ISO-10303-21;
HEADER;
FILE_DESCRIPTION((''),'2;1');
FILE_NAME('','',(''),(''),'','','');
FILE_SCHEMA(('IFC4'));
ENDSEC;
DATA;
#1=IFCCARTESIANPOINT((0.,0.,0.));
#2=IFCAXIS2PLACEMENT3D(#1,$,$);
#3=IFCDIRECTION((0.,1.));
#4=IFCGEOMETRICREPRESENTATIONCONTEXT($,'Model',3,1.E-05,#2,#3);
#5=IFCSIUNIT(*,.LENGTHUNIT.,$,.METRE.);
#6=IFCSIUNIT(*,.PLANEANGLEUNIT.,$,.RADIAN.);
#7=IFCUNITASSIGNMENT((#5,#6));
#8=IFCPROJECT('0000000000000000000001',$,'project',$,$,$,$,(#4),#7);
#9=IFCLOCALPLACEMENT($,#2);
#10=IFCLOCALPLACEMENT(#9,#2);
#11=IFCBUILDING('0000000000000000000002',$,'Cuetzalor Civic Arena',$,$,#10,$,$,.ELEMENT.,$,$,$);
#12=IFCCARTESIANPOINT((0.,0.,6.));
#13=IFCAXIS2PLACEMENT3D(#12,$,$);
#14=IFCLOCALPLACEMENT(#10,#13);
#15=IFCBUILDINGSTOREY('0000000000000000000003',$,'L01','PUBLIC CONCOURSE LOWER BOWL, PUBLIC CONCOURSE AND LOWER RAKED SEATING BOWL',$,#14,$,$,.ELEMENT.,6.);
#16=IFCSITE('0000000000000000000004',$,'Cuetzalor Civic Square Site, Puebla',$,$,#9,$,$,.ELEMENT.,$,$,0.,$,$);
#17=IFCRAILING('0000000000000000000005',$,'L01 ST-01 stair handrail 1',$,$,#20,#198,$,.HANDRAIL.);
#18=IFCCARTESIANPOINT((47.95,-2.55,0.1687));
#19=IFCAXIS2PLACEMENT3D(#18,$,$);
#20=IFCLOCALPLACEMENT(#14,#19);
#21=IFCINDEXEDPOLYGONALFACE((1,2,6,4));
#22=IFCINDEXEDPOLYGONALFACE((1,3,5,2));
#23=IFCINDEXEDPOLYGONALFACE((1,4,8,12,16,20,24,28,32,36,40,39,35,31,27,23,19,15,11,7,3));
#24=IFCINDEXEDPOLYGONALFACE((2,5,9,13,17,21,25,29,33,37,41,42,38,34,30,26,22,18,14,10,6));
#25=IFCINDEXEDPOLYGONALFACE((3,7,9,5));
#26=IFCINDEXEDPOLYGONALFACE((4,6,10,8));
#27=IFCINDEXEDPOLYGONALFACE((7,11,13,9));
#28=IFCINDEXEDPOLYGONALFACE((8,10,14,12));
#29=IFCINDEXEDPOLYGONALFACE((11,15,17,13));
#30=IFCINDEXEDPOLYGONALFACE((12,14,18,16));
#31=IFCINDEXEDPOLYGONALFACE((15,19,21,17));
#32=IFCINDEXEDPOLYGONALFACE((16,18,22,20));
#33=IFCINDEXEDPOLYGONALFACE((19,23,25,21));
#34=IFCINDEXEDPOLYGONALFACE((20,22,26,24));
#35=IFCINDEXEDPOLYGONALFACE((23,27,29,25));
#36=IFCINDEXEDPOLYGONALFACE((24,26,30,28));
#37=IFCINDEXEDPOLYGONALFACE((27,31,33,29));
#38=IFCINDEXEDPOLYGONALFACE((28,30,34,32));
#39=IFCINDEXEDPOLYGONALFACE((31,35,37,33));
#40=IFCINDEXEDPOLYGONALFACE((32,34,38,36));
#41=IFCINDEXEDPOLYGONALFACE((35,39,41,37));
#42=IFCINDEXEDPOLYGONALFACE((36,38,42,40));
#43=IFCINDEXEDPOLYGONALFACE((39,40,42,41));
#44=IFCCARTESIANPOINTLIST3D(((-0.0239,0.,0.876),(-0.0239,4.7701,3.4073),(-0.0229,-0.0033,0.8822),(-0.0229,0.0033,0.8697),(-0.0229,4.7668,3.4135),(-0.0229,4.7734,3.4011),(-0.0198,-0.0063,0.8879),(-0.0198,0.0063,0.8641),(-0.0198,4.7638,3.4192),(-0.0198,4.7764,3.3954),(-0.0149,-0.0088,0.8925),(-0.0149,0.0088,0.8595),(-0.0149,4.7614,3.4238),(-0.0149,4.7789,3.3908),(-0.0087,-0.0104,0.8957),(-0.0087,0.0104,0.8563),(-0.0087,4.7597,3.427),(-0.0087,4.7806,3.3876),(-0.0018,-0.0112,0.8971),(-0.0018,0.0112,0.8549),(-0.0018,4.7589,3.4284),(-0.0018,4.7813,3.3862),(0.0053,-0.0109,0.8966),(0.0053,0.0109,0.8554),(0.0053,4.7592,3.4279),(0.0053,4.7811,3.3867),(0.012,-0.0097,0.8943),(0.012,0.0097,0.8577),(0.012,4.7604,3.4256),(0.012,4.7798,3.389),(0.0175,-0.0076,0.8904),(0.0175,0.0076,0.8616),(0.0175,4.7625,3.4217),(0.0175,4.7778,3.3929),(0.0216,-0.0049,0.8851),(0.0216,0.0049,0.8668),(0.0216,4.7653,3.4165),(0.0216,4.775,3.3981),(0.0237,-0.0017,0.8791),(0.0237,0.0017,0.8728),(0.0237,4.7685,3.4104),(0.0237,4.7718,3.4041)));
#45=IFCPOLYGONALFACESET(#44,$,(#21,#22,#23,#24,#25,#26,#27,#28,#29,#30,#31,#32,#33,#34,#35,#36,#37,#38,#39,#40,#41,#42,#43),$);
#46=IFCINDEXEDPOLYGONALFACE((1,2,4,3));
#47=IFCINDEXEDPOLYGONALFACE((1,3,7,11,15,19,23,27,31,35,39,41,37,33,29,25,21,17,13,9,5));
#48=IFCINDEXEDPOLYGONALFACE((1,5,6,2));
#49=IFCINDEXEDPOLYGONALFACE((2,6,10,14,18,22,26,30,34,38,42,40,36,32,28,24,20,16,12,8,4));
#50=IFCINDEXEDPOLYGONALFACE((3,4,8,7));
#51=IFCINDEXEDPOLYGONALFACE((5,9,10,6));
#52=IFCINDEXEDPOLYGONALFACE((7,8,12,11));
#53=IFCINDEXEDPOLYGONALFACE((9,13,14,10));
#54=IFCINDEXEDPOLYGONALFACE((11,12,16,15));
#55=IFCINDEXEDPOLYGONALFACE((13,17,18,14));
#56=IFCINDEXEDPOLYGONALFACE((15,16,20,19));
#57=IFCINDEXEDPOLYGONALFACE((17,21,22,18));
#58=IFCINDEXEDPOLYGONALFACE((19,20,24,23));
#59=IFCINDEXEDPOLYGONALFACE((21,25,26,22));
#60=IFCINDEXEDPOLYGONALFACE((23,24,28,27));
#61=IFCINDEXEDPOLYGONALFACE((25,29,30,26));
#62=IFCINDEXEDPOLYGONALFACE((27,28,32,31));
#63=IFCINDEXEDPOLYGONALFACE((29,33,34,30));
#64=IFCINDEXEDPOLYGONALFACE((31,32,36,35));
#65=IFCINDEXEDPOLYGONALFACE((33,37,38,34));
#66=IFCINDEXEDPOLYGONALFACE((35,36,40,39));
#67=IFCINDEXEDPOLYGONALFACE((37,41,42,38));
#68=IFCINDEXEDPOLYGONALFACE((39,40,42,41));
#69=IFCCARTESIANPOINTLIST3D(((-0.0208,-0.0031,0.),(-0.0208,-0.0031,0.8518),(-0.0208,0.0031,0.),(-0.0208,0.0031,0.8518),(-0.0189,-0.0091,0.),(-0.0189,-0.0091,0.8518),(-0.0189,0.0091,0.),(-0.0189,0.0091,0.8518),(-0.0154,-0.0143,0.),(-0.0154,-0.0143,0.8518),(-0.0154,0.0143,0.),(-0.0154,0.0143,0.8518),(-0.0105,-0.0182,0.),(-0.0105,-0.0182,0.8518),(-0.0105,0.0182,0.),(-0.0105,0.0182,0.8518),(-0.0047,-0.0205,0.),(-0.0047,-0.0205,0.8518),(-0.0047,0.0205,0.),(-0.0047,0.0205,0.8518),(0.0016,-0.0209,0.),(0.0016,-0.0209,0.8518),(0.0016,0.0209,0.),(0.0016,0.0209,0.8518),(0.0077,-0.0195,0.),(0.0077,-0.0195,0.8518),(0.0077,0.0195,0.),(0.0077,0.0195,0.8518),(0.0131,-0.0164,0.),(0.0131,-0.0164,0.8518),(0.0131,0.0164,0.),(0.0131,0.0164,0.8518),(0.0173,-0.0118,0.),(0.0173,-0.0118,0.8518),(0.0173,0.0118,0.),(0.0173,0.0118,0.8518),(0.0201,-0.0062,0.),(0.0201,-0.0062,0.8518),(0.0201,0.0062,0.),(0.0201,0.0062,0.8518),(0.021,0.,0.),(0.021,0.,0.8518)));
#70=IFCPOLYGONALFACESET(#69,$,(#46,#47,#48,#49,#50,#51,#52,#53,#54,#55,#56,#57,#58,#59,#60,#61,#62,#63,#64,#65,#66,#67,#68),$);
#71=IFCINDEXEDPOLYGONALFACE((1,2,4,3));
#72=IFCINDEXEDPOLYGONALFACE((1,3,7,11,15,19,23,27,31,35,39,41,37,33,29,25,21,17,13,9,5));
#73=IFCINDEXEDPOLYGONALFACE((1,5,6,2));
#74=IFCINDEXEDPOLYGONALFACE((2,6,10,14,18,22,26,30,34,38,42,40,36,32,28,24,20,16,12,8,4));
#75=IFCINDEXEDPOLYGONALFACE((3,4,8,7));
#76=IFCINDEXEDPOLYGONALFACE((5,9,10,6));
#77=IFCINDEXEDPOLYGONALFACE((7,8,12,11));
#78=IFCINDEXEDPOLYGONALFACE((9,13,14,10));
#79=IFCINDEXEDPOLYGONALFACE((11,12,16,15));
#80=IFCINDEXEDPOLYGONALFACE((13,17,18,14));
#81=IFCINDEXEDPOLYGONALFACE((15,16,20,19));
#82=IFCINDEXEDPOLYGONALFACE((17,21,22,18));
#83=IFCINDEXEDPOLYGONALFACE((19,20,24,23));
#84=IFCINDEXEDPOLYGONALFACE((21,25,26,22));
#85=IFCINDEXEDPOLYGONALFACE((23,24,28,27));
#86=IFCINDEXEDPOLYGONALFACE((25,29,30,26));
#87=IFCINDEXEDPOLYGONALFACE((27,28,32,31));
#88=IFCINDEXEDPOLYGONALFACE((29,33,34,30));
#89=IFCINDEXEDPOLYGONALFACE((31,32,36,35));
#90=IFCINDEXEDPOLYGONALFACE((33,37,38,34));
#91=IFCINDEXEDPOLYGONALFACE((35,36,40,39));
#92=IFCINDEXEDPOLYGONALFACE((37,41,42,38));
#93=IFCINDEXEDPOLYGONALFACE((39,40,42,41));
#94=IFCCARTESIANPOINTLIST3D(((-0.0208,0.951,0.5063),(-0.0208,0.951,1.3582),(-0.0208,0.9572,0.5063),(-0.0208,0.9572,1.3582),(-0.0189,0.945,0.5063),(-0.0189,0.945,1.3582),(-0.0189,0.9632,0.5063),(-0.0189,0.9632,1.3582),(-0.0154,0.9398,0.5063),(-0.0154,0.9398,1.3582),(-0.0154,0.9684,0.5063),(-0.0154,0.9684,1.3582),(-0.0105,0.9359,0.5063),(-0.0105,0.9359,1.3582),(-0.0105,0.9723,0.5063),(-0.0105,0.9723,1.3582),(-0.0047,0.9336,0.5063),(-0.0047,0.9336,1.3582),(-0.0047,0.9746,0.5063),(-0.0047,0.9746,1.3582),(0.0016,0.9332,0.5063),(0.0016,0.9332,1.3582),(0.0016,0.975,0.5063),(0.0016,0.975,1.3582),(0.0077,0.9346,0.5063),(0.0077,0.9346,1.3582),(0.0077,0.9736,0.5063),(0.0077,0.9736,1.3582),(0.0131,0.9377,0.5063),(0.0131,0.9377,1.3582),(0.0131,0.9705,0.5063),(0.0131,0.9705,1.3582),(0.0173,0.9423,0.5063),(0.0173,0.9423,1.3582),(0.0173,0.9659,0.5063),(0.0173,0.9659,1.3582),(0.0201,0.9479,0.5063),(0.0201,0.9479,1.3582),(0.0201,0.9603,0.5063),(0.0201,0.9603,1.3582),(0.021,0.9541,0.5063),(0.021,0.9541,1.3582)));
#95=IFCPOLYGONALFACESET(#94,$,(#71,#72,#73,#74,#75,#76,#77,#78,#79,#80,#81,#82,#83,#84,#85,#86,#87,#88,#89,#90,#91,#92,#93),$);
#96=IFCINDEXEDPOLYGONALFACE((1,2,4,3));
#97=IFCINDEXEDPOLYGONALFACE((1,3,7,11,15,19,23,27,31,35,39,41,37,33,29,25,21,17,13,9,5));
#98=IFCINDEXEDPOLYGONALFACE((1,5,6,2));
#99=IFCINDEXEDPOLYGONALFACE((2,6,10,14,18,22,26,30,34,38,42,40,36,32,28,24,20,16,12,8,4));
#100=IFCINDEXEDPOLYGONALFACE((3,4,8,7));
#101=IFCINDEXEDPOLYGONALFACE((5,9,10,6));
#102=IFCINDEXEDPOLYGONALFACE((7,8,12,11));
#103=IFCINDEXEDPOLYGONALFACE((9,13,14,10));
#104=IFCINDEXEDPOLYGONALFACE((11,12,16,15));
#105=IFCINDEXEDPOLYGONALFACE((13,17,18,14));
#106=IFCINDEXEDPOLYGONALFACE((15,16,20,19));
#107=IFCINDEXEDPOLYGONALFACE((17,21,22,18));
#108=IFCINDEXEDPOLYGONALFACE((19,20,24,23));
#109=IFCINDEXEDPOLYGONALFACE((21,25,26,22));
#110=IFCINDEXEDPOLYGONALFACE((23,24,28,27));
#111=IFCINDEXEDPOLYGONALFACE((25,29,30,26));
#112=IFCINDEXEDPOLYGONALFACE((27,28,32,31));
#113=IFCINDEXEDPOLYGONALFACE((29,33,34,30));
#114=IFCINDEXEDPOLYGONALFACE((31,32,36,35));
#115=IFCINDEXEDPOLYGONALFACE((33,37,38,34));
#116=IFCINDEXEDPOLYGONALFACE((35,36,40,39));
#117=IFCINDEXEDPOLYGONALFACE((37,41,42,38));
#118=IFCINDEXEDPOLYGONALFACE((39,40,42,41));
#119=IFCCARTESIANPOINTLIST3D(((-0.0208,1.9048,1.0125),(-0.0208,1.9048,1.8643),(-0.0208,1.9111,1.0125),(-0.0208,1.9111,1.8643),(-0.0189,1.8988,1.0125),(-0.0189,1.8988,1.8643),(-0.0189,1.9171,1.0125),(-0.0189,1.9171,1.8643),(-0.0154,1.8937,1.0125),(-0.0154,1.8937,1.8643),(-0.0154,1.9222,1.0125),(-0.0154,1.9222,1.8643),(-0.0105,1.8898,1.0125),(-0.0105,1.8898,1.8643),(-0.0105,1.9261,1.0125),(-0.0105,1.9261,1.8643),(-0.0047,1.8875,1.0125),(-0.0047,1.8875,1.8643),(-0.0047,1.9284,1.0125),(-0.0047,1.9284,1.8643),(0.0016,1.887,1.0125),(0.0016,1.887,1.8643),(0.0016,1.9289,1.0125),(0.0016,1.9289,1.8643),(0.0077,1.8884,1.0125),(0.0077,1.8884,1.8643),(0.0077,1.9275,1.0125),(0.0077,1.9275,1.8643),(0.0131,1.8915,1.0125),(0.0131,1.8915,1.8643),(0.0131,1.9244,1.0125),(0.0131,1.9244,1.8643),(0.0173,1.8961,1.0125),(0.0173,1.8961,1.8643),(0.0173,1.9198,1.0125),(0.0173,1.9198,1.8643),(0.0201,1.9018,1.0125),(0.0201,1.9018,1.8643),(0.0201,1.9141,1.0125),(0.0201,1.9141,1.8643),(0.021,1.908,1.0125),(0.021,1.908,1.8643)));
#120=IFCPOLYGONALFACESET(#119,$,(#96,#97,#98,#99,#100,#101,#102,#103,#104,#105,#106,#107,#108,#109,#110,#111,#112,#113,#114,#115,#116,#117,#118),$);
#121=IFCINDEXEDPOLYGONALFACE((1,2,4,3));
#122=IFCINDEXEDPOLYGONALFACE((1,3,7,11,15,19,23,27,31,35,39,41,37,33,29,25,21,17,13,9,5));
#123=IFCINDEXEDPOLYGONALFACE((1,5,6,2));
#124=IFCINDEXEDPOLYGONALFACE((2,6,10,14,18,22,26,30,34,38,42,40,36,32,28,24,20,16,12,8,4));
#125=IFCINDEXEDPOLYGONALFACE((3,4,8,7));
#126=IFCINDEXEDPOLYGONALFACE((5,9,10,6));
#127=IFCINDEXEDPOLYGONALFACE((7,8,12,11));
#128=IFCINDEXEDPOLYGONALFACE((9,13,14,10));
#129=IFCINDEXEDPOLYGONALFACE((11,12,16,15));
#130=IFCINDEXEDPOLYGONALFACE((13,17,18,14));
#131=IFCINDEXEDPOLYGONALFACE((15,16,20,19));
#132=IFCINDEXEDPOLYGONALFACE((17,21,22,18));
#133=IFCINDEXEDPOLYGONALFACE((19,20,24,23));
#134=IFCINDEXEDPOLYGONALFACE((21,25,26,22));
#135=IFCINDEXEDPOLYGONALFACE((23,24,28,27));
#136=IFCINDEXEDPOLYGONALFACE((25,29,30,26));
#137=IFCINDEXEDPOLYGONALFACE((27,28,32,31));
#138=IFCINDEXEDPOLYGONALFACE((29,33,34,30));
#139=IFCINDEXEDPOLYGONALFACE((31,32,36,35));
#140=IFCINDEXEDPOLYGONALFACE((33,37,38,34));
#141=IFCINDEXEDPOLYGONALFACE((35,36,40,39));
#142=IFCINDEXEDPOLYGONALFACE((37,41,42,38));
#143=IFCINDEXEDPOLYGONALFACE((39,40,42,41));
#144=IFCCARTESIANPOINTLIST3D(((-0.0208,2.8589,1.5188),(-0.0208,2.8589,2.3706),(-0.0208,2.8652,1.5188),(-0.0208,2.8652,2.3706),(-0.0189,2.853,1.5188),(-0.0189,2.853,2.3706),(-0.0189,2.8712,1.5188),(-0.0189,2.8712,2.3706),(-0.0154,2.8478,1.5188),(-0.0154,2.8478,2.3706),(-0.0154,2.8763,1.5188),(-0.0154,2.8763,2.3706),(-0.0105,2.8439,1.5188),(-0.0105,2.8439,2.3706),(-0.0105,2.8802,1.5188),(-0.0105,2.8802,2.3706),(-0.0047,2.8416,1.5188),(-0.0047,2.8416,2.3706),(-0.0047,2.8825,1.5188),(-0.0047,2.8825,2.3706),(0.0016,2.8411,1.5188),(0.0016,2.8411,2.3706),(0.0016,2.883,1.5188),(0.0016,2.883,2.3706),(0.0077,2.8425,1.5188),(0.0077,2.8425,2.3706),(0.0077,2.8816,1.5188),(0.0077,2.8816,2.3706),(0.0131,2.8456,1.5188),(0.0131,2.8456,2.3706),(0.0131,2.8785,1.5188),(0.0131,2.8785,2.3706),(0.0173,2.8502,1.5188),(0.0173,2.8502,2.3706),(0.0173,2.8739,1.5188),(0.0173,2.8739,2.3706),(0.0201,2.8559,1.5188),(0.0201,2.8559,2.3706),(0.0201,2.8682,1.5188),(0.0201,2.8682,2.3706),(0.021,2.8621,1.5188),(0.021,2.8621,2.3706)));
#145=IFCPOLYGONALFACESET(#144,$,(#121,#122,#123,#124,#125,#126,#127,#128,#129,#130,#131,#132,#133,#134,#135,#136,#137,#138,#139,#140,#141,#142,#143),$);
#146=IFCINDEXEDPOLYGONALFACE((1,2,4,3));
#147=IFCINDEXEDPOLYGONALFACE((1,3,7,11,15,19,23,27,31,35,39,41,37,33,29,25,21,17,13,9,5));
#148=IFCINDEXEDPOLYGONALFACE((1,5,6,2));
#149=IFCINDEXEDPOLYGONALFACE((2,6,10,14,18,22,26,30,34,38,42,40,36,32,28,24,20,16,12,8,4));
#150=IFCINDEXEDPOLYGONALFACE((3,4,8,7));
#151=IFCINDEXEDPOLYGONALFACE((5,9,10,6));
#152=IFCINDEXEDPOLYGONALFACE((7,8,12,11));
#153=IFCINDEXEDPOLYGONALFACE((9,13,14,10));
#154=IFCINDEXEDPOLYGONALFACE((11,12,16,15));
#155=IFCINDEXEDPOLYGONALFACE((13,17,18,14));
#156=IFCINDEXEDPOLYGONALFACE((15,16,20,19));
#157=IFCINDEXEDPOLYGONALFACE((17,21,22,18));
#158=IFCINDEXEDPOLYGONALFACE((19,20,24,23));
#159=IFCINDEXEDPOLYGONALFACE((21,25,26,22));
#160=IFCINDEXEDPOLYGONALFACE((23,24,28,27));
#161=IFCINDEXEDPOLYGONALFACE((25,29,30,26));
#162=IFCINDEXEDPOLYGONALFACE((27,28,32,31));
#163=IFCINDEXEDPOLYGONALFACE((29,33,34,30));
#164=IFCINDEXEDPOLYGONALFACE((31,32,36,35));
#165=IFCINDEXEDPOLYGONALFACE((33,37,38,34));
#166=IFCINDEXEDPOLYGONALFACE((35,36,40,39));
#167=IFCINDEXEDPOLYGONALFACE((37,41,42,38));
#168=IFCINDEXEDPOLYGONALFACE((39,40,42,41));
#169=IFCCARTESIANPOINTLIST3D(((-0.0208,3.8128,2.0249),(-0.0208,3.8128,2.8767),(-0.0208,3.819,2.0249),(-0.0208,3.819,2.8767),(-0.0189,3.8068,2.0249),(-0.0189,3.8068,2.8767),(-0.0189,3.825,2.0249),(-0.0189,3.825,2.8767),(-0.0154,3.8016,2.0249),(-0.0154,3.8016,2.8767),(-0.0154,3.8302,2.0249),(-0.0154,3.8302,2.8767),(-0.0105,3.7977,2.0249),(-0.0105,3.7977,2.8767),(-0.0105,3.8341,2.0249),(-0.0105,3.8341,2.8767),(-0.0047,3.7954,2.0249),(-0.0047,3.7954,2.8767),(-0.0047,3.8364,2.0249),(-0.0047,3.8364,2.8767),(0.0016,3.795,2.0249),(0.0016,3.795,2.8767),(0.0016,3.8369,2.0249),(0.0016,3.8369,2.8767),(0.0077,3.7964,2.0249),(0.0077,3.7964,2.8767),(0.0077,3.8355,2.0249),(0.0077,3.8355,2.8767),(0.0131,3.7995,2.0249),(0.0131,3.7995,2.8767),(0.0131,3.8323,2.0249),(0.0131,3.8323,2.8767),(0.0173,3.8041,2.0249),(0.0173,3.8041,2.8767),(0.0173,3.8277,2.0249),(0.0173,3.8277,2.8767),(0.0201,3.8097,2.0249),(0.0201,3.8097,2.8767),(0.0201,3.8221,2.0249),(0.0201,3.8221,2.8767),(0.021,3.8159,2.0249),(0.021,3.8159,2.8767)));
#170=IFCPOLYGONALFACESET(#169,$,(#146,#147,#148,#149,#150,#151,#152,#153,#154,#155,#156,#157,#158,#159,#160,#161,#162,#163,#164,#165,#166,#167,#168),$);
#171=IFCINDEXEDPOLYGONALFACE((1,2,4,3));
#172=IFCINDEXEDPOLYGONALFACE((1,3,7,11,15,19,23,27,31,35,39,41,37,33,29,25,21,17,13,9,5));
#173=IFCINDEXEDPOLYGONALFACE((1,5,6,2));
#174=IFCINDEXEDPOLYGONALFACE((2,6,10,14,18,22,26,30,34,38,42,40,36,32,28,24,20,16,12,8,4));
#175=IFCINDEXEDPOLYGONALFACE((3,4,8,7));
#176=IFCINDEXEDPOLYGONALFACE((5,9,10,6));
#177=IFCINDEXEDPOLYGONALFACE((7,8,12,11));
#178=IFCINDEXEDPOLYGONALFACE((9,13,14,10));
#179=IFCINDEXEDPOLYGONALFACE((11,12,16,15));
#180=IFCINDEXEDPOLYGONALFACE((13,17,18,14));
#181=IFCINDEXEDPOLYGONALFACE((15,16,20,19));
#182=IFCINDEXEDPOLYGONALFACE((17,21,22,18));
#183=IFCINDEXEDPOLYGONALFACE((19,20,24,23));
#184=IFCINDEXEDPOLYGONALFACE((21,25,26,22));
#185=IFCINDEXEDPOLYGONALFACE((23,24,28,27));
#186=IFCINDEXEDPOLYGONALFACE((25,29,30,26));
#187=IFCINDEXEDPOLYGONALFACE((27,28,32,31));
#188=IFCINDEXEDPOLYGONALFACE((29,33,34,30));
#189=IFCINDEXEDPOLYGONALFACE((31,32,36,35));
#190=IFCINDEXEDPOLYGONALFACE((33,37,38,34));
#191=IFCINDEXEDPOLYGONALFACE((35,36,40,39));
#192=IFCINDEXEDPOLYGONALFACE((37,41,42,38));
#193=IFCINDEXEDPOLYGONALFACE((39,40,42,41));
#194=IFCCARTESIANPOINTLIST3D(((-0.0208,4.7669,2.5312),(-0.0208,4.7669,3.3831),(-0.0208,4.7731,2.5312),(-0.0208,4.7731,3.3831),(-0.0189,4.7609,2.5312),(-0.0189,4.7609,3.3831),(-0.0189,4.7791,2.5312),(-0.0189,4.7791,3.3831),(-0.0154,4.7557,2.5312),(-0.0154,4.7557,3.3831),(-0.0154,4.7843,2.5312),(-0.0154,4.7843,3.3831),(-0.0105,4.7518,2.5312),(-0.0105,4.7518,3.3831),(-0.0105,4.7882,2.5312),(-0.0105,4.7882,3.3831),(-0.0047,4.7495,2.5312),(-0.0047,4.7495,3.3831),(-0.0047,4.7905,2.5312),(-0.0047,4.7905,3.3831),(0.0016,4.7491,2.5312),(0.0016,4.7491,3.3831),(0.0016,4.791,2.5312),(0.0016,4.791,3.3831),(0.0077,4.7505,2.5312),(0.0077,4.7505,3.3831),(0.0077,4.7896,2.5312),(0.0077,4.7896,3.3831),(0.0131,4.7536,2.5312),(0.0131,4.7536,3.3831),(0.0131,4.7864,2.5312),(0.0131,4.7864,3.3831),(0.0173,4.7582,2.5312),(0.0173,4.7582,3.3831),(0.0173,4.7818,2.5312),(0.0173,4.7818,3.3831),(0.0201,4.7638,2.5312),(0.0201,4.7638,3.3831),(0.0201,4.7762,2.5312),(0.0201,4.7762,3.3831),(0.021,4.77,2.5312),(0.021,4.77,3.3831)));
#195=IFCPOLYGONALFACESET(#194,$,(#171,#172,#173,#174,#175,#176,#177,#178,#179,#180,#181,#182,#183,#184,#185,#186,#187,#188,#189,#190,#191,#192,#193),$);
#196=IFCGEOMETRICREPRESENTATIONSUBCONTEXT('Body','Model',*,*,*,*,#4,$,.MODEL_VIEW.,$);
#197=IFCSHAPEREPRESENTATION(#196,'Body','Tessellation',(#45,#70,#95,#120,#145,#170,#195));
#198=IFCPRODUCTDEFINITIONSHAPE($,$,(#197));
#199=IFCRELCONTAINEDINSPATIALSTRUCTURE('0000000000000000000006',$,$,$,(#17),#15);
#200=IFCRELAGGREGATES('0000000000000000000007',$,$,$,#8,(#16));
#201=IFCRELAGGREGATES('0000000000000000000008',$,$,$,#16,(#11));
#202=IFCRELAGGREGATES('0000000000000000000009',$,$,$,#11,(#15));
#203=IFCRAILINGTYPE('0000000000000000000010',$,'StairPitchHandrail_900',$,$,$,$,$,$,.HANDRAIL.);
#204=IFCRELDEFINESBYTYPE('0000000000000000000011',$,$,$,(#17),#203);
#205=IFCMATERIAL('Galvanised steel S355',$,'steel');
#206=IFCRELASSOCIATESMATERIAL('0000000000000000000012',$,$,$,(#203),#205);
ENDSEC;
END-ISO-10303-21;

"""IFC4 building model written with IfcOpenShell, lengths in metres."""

from ifc_helpers import new_model, si_unit, direction, frame, origin, origin_2d, place, context, subcontext, project, spatial, circle, extrude, material, type_object, element, save


model = new_model("IFC4")

# Units and contexts
model_context = context("Model", 3, precision=1e-05, world=origin(), true_north=direction((0.0, 1.0)))
body_context = subcontext(model_context, "Body", "Model", "MODEL_VIEW")
ifc_project = project(units=[si_unit("LENGTHUNIT", "METRE"), si_unit("PLANEANGLEUNIT", "RADIAN")], contexts=[model_context])

# Site, building, storey
site_placement = place(None, origin())
site = spatial("IfcSite", under=ifc_project, at=site_placement, Name="Cuetzalor Civic Square Site, Puebla", CompositionType="ELEMENT", RefElevation=0.0)
building_placement = place(site_placement, origin())
building = spatial("IfcBuilding", under=site, at=building_placement, Name="Cuetzalor Civic Arena", CompositionType="ELEMENT")
storey_placement = place(building_placement, frame((0.0, 0.0, 6.0)))
storey = spatial("IfcBuildingStorey", under=building, at=storey_placement, Name="L01", Description="PUBLIC CONCOURSE LOWER BOWL, PUBLIC CONCOURSE AND LOWER RAKED SEATING BOWL", CompositionType="ELEMENT", Elevation=6.0)

# Railing
ifc_material_1 = material(Name="Galvanised steel S355", Category="steel")
railing_type_1 = type_object("IfcRailingType", Name="StairPitchHandrail_900", PredefinedType="HANDRAIL", material=ifc_material_1)
railing_1_placement = place(storey_placement, frame((47.95, -2.55, 0.1687)))
element("IfcRailing", 1, at=railing_1_placement, inside=storey, type_object=railing_type_1, Name="L01 ST-01 stair handrail 1", PredefinedType="HANDRAIL", context=body_context, shape_type="SweptSolid", body=[
    extrude(circle(Radius=0.0239, at=origin_2d()), frame((0.0, 0.0, 0.876), z_axis=(0.0, 0.883332, 0.468747), x_axis=(-1.0, 0.0, 0.0)), (0.0, 0.0, 1.0), 5.4001),
    extrude(circle(Radius=0.021, at=origin_2d()), origin(), (0.0, 0.0, 1.0), 0.8518),
    extrude(circle(Radius=0.021, at=origin_2d()), frame((0.0, 0.9541, 0.5063)), (0.0, 0.0, 1.0), 0.8518),
    extrude(circle(Radius=0.021, at=origin_2d()), frame((0.0, 1.908, 1.0125)), (0.0, 0.0, 1.0), 0.8518),
    extrude(circle(Radius=0.021, at=origin_2d()), frame((0.0, 2.8621, 1.5188)), (0.0, 0.0, 1.0), 0.8518),
    extrude(circle(Radius=0.021, at=origin_2d()), frame((0.0, 3.8159, 2.0249)), (0.0, 0.0, 1.0), 0.8518),
    extrude(circle(Radius=0.021, at=origin_2d()), frame((0.0, 4.77, 2.5312)), (0.0, 0.0, 1.0), 0.8518),
])

save(model, "model.ifc")
